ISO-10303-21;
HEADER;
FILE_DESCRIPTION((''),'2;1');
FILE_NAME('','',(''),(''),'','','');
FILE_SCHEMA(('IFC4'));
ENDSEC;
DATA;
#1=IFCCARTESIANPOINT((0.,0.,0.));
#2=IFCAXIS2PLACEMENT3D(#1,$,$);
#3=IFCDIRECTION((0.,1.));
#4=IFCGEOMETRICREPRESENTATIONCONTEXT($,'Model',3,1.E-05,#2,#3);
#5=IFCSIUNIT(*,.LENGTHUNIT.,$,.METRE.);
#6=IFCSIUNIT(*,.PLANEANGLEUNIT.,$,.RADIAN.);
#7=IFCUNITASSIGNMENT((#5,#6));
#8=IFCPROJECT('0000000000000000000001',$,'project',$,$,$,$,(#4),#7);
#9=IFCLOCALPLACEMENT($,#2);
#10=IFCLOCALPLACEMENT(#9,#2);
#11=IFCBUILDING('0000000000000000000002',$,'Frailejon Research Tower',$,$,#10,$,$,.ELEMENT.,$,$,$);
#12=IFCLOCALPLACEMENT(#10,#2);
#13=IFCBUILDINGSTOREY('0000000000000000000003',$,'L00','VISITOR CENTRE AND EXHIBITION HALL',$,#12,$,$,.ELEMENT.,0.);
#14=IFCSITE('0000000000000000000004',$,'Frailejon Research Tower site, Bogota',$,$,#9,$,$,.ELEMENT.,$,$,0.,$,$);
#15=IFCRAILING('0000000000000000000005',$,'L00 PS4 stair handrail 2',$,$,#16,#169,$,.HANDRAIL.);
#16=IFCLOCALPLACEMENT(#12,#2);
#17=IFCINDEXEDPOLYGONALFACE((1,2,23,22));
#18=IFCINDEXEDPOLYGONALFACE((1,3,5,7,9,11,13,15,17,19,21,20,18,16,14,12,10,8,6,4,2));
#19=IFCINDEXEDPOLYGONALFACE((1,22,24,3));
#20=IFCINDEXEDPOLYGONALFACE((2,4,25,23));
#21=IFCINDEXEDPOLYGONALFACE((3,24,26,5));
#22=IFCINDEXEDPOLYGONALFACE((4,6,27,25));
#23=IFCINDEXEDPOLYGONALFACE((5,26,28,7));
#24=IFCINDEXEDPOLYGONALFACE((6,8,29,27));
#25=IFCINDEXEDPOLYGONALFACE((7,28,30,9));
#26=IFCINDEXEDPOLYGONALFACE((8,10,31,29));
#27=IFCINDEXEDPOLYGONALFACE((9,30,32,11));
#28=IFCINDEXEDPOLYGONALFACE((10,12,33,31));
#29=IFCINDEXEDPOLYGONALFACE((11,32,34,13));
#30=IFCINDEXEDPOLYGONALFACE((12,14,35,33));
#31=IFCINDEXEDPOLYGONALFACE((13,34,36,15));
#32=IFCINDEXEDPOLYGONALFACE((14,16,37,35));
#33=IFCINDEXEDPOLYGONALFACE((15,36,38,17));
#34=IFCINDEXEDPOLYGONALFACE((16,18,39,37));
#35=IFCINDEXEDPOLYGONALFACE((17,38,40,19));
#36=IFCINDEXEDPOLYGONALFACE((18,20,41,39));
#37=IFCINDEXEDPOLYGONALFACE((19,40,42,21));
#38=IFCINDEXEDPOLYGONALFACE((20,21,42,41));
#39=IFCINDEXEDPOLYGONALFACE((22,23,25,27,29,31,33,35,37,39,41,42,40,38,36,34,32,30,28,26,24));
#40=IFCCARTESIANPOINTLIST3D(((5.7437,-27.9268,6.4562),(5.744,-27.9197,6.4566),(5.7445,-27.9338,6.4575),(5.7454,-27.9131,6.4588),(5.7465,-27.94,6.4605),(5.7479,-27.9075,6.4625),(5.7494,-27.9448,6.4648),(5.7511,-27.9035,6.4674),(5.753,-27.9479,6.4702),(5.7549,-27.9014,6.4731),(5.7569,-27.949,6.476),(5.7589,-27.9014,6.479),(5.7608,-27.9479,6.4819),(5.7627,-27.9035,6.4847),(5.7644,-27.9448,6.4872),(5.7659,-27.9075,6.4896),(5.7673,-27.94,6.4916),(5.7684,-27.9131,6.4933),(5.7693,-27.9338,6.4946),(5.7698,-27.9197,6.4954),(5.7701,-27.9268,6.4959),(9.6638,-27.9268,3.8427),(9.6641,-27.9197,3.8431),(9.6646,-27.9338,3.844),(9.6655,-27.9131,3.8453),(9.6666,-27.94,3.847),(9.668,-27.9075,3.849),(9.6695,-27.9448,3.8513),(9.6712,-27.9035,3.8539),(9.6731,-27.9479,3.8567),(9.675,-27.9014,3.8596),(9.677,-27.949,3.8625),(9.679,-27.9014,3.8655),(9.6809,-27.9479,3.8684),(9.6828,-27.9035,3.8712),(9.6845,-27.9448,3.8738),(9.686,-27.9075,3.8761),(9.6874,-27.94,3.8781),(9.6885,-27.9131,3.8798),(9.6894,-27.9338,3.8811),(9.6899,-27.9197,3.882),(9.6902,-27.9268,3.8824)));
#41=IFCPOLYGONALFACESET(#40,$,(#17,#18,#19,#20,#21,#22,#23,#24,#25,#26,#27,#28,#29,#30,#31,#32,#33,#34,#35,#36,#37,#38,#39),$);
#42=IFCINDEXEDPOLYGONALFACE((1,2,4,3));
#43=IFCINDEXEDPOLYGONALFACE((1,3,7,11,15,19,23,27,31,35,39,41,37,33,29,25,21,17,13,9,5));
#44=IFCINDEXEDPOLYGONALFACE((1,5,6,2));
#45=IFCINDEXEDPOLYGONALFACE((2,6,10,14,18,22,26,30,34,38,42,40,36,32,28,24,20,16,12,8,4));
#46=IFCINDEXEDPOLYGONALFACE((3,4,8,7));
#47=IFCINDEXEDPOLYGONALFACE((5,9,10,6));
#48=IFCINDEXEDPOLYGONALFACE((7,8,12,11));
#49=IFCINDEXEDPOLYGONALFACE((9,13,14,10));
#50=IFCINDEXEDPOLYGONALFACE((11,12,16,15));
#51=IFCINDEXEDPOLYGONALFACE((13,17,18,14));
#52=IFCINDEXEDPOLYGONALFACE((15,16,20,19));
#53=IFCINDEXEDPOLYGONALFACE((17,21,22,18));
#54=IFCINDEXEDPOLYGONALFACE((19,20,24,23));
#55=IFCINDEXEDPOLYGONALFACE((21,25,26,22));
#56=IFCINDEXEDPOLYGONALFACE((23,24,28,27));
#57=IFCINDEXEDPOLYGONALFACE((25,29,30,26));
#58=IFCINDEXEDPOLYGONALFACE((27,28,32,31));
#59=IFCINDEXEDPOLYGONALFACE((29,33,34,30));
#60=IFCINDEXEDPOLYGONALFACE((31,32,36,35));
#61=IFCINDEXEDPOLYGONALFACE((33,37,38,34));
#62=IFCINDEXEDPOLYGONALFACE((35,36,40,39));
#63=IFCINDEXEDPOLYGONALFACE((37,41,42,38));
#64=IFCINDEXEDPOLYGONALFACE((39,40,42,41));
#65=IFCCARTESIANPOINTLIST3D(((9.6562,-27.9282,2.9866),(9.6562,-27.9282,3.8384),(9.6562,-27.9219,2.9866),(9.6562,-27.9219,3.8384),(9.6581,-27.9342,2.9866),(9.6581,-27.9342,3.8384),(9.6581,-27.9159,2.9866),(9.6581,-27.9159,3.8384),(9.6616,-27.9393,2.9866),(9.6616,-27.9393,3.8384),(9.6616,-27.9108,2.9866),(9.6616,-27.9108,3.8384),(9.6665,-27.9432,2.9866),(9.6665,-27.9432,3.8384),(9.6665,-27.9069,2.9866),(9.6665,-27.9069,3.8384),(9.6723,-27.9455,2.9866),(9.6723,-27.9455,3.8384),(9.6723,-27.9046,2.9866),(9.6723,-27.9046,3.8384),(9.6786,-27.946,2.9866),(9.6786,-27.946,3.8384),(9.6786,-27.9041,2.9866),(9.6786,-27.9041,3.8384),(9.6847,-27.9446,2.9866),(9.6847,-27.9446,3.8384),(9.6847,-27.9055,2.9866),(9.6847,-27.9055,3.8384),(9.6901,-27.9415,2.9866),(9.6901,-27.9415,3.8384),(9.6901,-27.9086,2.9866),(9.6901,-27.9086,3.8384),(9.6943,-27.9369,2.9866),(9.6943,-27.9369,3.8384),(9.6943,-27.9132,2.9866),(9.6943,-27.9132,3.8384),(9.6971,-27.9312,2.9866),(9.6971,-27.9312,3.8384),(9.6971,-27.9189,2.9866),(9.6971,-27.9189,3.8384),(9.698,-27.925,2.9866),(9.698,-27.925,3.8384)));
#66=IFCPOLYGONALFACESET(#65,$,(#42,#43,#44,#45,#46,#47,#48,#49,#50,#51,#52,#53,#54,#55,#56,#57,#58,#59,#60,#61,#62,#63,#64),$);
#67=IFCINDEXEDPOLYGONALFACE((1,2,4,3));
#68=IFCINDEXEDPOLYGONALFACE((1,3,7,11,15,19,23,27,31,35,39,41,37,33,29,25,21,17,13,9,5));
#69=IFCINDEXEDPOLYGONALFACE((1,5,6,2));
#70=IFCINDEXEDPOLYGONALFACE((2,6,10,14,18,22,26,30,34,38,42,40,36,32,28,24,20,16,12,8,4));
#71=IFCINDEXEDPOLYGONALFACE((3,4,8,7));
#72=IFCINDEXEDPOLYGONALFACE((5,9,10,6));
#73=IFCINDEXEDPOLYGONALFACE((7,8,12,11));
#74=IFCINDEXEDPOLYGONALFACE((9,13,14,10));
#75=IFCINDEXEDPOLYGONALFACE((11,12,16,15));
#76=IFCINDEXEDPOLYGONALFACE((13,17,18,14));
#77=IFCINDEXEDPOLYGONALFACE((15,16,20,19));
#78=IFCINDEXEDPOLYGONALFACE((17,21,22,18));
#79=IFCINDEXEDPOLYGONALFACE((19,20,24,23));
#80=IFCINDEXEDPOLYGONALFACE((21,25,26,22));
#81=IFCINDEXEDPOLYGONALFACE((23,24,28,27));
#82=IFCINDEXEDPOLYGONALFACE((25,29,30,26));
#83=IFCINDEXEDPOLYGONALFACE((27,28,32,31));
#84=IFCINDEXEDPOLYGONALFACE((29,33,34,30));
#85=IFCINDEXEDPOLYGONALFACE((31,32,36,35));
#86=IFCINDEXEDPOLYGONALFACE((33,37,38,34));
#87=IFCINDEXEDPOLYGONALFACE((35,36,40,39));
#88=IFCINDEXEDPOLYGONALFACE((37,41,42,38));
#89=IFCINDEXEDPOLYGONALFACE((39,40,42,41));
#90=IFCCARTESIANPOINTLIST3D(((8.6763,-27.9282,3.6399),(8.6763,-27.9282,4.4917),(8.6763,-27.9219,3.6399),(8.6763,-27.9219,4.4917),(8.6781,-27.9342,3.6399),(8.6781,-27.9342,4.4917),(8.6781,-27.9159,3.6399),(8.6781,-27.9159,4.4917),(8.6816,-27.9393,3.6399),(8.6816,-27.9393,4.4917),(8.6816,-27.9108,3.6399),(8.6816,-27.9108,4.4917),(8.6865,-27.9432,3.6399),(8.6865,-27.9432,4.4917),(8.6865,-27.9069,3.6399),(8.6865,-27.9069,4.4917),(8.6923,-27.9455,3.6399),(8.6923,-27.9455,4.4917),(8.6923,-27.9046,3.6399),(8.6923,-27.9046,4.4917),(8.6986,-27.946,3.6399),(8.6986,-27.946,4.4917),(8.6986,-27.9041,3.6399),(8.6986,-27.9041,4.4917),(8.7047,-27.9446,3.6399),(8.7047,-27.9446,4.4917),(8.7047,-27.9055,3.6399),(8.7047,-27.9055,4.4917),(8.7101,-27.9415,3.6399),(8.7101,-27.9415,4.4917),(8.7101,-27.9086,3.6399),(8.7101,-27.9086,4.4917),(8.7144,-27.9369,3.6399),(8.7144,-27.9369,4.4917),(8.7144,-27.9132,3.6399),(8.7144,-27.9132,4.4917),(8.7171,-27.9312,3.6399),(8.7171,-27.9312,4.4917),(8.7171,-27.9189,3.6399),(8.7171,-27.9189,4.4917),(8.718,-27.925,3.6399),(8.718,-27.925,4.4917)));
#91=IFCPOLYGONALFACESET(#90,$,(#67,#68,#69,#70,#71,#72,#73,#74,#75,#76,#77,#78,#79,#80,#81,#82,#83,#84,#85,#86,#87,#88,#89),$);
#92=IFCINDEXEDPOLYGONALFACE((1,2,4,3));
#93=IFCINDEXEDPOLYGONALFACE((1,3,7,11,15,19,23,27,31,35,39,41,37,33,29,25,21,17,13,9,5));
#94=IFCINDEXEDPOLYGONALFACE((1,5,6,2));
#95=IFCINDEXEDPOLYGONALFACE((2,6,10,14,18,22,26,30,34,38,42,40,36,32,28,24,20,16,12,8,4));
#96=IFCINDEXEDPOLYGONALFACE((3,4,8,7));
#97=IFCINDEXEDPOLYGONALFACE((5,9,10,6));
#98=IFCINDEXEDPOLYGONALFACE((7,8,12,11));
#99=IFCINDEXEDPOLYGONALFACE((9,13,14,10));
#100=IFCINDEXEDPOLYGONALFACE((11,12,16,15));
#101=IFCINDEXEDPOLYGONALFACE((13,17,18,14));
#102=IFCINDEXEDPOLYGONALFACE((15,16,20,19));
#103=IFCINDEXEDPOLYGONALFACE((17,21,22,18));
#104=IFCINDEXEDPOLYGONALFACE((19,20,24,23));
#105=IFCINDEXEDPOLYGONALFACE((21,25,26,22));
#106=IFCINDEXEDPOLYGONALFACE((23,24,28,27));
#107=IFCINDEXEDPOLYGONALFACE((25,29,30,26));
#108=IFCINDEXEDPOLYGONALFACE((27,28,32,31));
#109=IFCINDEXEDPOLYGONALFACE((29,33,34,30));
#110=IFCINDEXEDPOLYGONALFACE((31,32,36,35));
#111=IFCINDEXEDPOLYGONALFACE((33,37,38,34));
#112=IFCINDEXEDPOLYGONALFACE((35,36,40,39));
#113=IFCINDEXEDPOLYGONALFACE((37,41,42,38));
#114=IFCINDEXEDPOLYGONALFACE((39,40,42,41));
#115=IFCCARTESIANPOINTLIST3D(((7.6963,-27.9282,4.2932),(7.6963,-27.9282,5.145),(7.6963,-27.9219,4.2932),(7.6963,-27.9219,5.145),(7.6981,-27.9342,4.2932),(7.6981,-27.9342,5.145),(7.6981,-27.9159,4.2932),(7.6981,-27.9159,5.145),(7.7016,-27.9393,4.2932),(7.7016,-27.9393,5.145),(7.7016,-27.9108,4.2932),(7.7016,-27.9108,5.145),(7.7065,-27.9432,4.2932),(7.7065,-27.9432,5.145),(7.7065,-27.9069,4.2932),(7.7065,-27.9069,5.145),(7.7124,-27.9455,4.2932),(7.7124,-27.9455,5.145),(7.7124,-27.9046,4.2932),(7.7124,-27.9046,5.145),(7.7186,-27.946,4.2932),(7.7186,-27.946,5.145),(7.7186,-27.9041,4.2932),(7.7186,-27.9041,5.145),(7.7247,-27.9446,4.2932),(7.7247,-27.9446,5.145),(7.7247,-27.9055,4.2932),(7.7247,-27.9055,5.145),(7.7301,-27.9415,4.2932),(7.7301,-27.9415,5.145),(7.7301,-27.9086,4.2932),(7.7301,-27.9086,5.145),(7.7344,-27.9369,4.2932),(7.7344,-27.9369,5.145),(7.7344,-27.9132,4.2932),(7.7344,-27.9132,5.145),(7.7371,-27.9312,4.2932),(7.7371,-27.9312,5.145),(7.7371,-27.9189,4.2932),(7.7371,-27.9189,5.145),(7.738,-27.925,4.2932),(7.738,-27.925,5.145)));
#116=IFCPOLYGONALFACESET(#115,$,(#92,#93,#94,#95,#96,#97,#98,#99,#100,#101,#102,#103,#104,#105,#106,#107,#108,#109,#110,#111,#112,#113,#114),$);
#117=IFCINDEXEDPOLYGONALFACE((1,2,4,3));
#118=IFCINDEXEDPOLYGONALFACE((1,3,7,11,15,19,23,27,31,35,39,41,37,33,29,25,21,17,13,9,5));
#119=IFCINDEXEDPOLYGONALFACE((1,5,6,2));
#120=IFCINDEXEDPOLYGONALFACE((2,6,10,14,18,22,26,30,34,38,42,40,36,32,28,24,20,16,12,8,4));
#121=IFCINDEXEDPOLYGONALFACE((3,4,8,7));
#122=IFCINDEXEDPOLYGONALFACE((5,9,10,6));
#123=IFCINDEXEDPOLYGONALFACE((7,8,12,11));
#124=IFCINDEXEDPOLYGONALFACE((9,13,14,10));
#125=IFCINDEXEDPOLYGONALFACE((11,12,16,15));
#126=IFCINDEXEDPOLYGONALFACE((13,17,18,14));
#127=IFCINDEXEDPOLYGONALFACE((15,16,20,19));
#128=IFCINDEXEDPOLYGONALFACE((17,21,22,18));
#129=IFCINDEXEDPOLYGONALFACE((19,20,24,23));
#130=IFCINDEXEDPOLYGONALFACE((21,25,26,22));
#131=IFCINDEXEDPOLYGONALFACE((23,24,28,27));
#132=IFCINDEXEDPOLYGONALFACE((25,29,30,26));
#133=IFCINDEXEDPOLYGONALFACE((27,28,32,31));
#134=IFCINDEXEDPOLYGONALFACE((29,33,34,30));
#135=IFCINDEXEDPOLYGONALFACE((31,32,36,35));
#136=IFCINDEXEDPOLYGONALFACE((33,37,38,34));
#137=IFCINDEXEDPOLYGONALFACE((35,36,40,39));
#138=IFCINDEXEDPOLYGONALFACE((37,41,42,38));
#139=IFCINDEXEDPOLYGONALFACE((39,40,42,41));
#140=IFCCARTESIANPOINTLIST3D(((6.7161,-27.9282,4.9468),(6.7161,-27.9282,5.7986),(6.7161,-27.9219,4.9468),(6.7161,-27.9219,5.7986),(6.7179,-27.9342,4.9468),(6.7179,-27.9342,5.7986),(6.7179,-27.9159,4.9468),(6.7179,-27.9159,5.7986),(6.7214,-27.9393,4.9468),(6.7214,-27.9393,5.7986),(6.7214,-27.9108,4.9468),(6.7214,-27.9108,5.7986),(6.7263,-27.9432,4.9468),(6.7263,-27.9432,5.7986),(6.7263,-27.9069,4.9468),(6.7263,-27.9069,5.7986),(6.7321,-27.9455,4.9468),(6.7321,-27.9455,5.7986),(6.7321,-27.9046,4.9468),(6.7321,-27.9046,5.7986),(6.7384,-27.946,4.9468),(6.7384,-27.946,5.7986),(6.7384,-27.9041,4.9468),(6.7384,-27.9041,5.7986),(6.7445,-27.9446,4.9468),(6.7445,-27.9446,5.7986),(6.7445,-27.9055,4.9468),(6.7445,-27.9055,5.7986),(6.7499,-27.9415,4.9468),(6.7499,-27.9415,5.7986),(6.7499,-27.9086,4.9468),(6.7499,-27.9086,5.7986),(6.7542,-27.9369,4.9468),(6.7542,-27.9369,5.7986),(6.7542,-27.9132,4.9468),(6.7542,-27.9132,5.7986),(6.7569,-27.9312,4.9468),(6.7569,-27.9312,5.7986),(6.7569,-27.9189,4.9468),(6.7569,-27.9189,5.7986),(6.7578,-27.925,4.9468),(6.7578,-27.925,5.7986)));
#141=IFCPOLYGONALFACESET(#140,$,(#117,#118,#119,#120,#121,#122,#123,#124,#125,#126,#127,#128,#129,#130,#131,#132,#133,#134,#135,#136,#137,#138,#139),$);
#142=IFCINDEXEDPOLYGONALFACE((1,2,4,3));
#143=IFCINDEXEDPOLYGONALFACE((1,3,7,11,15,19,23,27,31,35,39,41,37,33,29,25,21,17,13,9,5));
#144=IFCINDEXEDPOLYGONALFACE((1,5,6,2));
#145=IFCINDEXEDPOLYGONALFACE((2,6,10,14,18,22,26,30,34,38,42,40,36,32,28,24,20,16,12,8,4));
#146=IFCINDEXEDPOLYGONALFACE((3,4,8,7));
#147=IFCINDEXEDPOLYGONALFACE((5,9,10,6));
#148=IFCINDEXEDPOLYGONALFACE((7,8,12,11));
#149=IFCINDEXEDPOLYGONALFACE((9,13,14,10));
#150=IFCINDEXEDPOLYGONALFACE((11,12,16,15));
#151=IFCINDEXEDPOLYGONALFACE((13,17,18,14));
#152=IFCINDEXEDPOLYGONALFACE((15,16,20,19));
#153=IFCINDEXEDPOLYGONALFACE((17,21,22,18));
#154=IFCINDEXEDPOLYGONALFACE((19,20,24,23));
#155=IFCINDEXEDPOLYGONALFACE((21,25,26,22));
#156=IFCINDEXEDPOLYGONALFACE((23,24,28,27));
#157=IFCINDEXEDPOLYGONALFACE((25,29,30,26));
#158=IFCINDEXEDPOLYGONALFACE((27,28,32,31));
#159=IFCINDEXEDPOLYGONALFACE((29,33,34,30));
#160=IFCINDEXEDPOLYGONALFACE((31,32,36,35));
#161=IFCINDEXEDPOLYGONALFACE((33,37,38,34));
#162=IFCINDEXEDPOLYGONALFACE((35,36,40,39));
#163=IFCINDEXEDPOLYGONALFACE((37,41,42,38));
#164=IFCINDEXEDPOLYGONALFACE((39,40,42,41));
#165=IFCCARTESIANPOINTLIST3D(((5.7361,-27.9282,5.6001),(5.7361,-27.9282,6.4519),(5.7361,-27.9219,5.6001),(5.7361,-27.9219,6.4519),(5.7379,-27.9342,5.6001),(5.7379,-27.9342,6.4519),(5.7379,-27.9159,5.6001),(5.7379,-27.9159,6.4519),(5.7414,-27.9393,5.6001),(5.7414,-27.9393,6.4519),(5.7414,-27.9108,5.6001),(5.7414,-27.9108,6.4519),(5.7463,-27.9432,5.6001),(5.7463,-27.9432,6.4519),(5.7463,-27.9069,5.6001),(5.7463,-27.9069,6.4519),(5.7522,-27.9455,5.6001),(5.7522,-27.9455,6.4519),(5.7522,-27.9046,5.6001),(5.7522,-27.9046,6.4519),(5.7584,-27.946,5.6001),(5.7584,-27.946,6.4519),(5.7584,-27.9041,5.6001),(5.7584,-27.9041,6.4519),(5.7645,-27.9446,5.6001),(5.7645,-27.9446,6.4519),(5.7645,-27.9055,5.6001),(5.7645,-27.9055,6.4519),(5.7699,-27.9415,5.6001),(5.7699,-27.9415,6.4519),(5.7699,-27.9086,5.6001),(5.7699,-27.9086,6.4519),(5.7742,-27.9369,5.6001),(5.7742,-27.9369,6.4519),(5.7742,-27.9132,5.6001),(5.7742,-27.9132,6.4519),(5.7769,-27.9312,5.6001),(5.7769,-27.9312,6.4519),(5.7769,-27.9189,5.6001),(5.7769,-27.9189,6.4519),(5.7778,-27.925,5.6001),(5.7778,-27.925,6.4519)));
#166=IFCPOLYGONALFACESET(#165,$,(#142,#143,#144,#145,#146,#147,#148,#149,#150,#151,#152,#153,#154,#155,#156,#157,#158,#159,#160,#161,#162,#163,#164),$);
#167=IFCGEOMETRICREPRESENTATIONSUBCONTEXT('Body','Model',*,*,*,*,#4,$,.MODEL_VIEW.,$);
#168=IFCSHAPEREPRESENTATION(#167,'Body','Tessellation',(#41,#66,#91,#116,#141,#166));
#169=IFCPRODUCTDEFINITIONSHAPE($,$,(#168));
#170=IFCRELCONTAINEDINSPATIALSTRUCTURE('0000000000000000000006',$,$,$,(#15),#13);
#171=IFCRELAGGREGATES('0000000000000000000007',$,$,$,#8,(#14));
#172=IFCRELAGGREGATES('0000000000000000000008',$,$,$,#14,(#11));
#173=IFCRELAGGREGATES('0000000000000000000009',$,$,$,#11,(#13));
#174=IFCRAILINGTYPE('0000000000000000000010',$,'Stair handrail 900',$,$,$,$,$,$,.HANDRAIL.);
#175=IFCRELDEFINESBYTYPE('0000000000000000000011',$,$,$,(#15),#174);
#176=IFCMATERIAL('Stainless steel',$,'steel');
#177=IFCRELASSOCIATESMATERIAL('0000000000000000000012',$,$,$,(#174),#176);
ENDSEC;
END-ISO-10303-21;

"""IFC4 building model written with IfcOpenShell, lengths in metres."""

from ifc_helpers import new_model, si_unit, direction, frame, origin, origin_2d, place, context, subcontext, project, spatial, circle, extrude, material, type_object, element, save


model = new_model("IFC4")

# Units and contexts
model_context = context("Model", 3, precision=1e-05, world=origin(), true_north=direction((0.0, 1.0)))
body_context = subcontext(model_context, "Body", "Model", "MODEL_VIEW")
ifc_project = project(units=[si_unit("LENGTHUNIT", "METRE"), si_unit("PLANEANGLEUNIT", "RADIAN")], contexts=[model_context])

# Site, building, storey
site_placement = place(None, origin())
site = spatial("IfcSite", under=ifc_project, at=site_placement, Name="Frailejon Research Tower site, Bogota", CompositionType="ELEMENT", RefElevation=0.0)
building_placement = place(site_placement, origin())
building = spatial("IfcBuilding", under=site, at=building_placement, Name="Frailejon Research Tower", CompositionType="ELEMENT")
storey_placement = place(building_placement, origin())
storey = spatial("IfcBuildingStorey", under=building, at=storey_placement, Name="L00", Description="VISITOR CENTRE AND EXHIBITION HALL", CompositionType="ELEMENT", Elevation=0.0)

# Railing
ifc_material_1 = material(Name="Stainless steel", Category="steel")
railing_type_1 = type_object("IfcRailingType", Name="Stair handrail 900", PredefinedType="HANDRAIL", material=ifc_material_1)
railing_1_placement = place(storey_placement, frame((9.677, -27.925, 2.9866)))
element("IfcRailing", 1, at=railing_1_placement, inside=storey, type_object=railing_type_1, Name="L00 PS4 stair handrail 2", PredefinedType="HANDRAIL", context=body_context, shape_type="SweptSolid", body=[
    extrude(circle(Radius=0.0239, at=origin_2d()), frame((0.0, 0.0, 0.876), z_axis=(-0.832042, 0.0, 0.554712), x_axis=(0.0, -1.0, 0.0)), (0.0, 0.0, 1.0), 4.7114),
    extrude(circle(Radius=0.021, at=origin_2d()), origin(), (0.0, 0.0, 1.0), 0.8518),
    extrude(circle(Radius=0.021, at=origin_2d()), frame((-0.98, 0.0, 0.6533)), (0.0, 0.0, 1.0), 0.8518),
    extrude(circle(Radius=0.021, at=origin_2d()), frame((-1.96, 0.0, 1.3066)), (0.0, 0.0, 1.0), 0.8518),
    extrude(circle(Radius=0.021, at=origin_2d()), frame((-2.9402, 0.0, 1.9602)), (0.0, 0.0, 1.0), 0.8518),
    extrude(circle(Radius=0.021, at=origin_2d()), frame((-3.9202, 0.0, 2.6135)), (0.0, 0.0, 1.0), 0.8518),
])

save(model, "model.ifc")
